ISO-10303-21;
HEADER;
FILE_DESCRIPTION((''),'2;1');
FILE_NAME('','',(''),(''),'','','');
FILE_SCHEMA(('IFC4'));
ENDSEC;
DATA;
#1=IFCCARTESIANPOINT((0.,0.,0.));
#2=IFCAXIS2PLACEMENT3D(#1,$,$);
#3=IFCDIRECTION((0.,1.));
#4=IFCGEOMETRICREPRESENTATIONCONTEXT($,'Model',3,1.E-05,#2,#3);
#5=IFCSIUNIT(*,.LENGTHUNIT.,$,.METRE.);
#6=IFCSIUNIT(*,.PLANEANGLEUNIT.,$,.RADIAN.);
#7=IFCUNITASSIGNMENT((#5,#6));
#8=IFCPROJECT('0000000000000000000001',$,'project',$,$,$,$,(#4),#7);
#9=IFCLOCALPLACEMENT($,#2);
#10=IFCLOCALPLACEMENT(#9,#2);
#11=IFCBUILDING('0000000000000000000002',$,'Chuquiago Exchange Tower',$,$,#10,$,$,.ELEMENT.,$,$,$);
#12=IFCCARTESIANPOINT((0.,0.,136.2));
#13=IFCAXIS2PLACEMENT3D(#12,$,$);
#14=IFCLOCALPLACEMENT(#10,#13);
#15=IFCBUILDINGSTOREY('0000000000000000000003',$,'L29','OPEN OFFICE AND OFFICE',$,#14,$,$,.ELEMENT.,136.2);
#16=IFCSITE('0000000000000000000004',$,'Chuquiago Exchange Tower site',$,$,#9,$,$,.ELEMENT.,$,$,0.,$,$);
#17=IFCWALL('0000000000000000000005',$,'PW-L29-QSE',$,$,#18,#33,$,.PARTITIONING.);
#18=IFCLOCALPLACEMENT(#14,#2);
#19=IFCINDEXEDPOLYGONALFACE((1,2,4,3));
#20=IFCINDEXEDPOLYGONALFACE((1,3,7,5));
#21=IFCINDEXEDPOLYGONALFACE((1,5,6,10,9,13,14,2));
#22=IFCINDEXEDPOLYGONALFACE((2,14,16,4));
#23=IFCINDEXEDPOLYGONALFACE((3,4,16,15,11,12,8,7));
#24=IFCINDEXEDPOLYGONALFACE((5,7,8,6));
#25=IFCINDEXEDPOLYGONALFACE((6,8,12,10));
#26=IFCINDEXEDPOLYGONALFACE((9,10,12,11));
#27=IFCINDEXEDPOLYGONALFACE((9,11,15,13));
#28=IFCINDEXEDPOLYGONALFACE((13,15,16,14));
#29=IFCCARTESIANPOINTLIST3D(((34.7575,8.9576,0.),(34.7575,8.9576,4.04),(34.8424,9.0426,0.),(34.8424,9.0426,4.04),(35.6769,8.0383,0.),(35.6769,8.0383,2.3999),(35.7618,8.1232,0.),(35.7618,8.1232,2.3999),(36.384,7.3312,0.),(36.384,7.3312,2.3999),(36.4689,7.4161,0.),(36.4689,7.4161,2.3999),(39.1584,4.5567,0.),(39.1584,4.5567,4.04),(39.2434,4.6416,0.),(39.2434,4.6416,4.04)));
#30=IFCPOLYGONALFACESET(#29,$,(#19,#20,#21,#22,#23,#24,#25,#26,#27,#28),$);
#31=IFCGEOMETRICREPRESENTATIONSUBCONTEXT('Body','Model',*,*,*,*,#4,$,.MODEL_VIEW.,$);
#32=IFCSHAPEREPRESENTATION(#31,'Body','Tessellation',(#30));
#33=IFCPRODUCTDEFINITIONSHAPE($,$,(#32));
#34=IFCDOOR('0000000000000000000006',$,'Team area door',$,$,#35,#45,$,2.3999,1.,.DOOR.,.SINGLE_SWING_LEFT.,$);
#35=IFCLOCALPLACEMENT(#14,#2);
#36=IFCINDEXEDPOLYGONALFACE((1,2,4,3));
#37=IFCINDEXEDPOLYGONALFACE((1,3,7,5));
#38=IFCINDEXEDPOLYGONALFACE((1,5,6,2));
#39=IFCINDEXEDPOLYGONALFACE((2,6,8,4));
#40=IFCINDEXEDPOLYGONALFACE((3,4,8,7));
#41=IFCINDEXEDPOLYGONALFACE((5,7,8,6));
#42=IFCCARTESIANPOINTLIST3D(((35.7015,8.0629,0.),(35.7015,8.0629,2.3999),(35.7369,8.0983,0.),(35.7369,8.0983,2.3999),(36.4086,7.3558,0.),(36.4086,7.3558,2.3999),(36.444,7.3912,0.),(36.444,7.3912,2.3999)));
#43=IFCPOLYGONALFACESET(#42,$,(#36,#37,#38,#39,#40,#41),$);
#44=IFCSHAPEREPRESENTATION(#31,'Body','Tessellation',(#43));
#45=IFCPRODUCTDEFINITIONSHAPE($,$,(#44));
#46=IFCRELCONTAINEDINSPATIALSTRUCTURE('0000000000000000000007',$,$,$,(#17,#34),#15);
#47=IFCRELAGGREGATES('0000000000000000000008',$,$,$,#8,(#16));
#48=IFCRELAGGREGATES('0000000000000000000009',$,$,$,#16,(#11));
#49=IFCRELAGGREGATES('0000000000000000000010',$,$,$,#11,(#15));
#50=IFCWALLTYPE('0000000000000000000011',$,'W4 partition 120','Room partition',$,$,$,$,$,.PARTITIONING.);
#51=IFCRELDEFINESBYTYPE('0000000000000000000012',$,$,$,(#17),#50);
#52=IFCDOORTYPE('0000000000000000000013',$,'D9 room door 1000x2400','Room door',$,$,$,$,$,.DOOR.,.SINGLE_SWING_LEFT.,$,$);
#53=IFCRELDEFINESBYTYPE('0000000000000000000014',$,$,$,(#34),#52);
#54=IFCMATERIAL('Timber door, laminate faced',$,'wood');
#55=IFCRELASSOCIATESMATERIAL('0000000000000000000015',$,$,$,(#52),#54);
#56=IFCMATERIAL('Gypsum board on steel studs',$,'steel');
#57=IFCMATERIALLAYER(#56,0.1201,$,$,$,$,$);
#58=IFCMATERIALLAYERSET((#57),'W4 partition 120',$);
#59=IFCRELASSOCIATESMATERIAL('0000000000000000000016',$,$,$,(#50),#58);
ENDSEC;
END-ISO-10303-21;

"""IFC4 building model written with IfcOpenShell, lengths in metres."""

from ifc_helpers import new_model, si_unit, direction, frame, frame_2d, origin, place, context, subcontext, project, spatial, rectangle, extrude, material, layer, layer_set, type_object, element, fill, save


model = new_model("IFC4")

# Units and contexts
model_context = context("Model", 3, precision=1e-05, world=origin(), true_north=direction((0.0, 1.0)))
body_context = subcontext(model_context, "Body", "Model", "MODEL_VIEW")
ifc_project = project(units=[si_unit("LENGTHUNIT", "METRE"), si_unit("PLANEANGLEUNIT", "RADIAN")], contexts=[model_context])

# Site, building, storey
site_placement = place(None, origin())
site = spatial("IfcSite", under=ifc_project, at=site_placement, Name="Chuquiago Exchange Tower site", CompositionType="ELEMENT", RefElevation=0.0)
building_placement = place(site_placement, origin())
building = spatial("IfcBuilding", under=site, at=building_placement, Name="Chuquiago Exchange Tower", CompositionType="ELEMENT")
storey_placement = place(building_placement, frame((0.0, 0.0, 136.2)))
storey = spatial("IfcBuildingStorey", under=building, at=storey_placement, Name="L29", Description="OPEN OFFICE AND OFFICE", CompositionType="ELEMENT", Elevation=136.2)

# Shared definitions
ifc_material_1 = material(Name="Timber door, laminate faced", Category="wood")
door_type_1 = type_object("IfcDoorType", Name="D9 room door 1000x2400", Description="Room door", OperationType="SINGLE_SWING_LEFT", PredefinedType="DOOR", material=ifc_material_1)

# Shared definitions
ifc_material_2 = material(Name="Gypsum board on steel studs", Category="steel")
ifc_layer_1 = layer(ifc_material_2, 0.1201)
ifc_layer_set_1 = layer_set([ifc_layer_1], Name="W4 partition 120")
wall_type_1 = type_object("IfcWallType", Name="W4 partition 120", Description="Room partition", PredefinedType="PARTITIONING", material=ifc_layer_set_1)

# Wall, opening, door
wall_1_placement = place(storey_placement, frame((34.8, 9.0, 0.0), z_axis=(0.0, 0.0, 1.0), x_axis=(0.707107, -0.707107, 0.0)))
wall_1 = element("IfcWall", 1, at=wall_1_placement, inside=storey, type_object=wall_type_1, Name="PW-L29-QSE", PredefinedType="PARTITIONING", context=body_context, shape_type="SweptSolid", body=[
    extrude(rectangle(XDim=6.2239, YDim=0.1201, at=frame_2d((3.1118, 0.0))), origin(), (0.0, 0.0, 1.0), 4.04),
])
opening_1_placement = place(wall_1_placement, frame((1.3, 0.0, 0.0)))
opening_1 = element("IfcOpeningElement", 2, at=opening_1_placement, cuts=wall_1, PredefinedType="OPENING", context=body_context, shape_type="SweptSolid", body=[
    extrude(rectangle(XDim=1.0, YDim=2.3999, at=frame_2d((0.5, 1.2))), frame((0.0, 0.0701, 0.0), z_axis=(0.0, -1.0, 0.0), x_axis=(1.0, 0.0, 0.0)), (0.0, 0.0, 1.0), 0.1401),
])
door_1_placement = place(opening_1_placement, origin())
door_1 = element("IfcDoor", 3, at=door_1_placement, inside=storey, type_object=door_type_1, Name="Team area door", OperationType="SINGLE_SWING_LEFT", OverallHeight=2.3999, OverallWidth=1.0, PredefinedType="DOOR", context=body_context, shape_type="SweptSolid", body=[
    extrude(rectangle(XDim=1.0, YDim=2.3999, at=frame_2d((0.5, 1.2))), frame((0.0, 0.0249, 0.0), z_axis=(0.0, -1.0, 0.0), x_axis=(1.0, 0.0, 0.0)), (0.0, 0.0, 1.0), 0.05),
])
fill(opening_1, door_1)

save(model, "model.ifc")
